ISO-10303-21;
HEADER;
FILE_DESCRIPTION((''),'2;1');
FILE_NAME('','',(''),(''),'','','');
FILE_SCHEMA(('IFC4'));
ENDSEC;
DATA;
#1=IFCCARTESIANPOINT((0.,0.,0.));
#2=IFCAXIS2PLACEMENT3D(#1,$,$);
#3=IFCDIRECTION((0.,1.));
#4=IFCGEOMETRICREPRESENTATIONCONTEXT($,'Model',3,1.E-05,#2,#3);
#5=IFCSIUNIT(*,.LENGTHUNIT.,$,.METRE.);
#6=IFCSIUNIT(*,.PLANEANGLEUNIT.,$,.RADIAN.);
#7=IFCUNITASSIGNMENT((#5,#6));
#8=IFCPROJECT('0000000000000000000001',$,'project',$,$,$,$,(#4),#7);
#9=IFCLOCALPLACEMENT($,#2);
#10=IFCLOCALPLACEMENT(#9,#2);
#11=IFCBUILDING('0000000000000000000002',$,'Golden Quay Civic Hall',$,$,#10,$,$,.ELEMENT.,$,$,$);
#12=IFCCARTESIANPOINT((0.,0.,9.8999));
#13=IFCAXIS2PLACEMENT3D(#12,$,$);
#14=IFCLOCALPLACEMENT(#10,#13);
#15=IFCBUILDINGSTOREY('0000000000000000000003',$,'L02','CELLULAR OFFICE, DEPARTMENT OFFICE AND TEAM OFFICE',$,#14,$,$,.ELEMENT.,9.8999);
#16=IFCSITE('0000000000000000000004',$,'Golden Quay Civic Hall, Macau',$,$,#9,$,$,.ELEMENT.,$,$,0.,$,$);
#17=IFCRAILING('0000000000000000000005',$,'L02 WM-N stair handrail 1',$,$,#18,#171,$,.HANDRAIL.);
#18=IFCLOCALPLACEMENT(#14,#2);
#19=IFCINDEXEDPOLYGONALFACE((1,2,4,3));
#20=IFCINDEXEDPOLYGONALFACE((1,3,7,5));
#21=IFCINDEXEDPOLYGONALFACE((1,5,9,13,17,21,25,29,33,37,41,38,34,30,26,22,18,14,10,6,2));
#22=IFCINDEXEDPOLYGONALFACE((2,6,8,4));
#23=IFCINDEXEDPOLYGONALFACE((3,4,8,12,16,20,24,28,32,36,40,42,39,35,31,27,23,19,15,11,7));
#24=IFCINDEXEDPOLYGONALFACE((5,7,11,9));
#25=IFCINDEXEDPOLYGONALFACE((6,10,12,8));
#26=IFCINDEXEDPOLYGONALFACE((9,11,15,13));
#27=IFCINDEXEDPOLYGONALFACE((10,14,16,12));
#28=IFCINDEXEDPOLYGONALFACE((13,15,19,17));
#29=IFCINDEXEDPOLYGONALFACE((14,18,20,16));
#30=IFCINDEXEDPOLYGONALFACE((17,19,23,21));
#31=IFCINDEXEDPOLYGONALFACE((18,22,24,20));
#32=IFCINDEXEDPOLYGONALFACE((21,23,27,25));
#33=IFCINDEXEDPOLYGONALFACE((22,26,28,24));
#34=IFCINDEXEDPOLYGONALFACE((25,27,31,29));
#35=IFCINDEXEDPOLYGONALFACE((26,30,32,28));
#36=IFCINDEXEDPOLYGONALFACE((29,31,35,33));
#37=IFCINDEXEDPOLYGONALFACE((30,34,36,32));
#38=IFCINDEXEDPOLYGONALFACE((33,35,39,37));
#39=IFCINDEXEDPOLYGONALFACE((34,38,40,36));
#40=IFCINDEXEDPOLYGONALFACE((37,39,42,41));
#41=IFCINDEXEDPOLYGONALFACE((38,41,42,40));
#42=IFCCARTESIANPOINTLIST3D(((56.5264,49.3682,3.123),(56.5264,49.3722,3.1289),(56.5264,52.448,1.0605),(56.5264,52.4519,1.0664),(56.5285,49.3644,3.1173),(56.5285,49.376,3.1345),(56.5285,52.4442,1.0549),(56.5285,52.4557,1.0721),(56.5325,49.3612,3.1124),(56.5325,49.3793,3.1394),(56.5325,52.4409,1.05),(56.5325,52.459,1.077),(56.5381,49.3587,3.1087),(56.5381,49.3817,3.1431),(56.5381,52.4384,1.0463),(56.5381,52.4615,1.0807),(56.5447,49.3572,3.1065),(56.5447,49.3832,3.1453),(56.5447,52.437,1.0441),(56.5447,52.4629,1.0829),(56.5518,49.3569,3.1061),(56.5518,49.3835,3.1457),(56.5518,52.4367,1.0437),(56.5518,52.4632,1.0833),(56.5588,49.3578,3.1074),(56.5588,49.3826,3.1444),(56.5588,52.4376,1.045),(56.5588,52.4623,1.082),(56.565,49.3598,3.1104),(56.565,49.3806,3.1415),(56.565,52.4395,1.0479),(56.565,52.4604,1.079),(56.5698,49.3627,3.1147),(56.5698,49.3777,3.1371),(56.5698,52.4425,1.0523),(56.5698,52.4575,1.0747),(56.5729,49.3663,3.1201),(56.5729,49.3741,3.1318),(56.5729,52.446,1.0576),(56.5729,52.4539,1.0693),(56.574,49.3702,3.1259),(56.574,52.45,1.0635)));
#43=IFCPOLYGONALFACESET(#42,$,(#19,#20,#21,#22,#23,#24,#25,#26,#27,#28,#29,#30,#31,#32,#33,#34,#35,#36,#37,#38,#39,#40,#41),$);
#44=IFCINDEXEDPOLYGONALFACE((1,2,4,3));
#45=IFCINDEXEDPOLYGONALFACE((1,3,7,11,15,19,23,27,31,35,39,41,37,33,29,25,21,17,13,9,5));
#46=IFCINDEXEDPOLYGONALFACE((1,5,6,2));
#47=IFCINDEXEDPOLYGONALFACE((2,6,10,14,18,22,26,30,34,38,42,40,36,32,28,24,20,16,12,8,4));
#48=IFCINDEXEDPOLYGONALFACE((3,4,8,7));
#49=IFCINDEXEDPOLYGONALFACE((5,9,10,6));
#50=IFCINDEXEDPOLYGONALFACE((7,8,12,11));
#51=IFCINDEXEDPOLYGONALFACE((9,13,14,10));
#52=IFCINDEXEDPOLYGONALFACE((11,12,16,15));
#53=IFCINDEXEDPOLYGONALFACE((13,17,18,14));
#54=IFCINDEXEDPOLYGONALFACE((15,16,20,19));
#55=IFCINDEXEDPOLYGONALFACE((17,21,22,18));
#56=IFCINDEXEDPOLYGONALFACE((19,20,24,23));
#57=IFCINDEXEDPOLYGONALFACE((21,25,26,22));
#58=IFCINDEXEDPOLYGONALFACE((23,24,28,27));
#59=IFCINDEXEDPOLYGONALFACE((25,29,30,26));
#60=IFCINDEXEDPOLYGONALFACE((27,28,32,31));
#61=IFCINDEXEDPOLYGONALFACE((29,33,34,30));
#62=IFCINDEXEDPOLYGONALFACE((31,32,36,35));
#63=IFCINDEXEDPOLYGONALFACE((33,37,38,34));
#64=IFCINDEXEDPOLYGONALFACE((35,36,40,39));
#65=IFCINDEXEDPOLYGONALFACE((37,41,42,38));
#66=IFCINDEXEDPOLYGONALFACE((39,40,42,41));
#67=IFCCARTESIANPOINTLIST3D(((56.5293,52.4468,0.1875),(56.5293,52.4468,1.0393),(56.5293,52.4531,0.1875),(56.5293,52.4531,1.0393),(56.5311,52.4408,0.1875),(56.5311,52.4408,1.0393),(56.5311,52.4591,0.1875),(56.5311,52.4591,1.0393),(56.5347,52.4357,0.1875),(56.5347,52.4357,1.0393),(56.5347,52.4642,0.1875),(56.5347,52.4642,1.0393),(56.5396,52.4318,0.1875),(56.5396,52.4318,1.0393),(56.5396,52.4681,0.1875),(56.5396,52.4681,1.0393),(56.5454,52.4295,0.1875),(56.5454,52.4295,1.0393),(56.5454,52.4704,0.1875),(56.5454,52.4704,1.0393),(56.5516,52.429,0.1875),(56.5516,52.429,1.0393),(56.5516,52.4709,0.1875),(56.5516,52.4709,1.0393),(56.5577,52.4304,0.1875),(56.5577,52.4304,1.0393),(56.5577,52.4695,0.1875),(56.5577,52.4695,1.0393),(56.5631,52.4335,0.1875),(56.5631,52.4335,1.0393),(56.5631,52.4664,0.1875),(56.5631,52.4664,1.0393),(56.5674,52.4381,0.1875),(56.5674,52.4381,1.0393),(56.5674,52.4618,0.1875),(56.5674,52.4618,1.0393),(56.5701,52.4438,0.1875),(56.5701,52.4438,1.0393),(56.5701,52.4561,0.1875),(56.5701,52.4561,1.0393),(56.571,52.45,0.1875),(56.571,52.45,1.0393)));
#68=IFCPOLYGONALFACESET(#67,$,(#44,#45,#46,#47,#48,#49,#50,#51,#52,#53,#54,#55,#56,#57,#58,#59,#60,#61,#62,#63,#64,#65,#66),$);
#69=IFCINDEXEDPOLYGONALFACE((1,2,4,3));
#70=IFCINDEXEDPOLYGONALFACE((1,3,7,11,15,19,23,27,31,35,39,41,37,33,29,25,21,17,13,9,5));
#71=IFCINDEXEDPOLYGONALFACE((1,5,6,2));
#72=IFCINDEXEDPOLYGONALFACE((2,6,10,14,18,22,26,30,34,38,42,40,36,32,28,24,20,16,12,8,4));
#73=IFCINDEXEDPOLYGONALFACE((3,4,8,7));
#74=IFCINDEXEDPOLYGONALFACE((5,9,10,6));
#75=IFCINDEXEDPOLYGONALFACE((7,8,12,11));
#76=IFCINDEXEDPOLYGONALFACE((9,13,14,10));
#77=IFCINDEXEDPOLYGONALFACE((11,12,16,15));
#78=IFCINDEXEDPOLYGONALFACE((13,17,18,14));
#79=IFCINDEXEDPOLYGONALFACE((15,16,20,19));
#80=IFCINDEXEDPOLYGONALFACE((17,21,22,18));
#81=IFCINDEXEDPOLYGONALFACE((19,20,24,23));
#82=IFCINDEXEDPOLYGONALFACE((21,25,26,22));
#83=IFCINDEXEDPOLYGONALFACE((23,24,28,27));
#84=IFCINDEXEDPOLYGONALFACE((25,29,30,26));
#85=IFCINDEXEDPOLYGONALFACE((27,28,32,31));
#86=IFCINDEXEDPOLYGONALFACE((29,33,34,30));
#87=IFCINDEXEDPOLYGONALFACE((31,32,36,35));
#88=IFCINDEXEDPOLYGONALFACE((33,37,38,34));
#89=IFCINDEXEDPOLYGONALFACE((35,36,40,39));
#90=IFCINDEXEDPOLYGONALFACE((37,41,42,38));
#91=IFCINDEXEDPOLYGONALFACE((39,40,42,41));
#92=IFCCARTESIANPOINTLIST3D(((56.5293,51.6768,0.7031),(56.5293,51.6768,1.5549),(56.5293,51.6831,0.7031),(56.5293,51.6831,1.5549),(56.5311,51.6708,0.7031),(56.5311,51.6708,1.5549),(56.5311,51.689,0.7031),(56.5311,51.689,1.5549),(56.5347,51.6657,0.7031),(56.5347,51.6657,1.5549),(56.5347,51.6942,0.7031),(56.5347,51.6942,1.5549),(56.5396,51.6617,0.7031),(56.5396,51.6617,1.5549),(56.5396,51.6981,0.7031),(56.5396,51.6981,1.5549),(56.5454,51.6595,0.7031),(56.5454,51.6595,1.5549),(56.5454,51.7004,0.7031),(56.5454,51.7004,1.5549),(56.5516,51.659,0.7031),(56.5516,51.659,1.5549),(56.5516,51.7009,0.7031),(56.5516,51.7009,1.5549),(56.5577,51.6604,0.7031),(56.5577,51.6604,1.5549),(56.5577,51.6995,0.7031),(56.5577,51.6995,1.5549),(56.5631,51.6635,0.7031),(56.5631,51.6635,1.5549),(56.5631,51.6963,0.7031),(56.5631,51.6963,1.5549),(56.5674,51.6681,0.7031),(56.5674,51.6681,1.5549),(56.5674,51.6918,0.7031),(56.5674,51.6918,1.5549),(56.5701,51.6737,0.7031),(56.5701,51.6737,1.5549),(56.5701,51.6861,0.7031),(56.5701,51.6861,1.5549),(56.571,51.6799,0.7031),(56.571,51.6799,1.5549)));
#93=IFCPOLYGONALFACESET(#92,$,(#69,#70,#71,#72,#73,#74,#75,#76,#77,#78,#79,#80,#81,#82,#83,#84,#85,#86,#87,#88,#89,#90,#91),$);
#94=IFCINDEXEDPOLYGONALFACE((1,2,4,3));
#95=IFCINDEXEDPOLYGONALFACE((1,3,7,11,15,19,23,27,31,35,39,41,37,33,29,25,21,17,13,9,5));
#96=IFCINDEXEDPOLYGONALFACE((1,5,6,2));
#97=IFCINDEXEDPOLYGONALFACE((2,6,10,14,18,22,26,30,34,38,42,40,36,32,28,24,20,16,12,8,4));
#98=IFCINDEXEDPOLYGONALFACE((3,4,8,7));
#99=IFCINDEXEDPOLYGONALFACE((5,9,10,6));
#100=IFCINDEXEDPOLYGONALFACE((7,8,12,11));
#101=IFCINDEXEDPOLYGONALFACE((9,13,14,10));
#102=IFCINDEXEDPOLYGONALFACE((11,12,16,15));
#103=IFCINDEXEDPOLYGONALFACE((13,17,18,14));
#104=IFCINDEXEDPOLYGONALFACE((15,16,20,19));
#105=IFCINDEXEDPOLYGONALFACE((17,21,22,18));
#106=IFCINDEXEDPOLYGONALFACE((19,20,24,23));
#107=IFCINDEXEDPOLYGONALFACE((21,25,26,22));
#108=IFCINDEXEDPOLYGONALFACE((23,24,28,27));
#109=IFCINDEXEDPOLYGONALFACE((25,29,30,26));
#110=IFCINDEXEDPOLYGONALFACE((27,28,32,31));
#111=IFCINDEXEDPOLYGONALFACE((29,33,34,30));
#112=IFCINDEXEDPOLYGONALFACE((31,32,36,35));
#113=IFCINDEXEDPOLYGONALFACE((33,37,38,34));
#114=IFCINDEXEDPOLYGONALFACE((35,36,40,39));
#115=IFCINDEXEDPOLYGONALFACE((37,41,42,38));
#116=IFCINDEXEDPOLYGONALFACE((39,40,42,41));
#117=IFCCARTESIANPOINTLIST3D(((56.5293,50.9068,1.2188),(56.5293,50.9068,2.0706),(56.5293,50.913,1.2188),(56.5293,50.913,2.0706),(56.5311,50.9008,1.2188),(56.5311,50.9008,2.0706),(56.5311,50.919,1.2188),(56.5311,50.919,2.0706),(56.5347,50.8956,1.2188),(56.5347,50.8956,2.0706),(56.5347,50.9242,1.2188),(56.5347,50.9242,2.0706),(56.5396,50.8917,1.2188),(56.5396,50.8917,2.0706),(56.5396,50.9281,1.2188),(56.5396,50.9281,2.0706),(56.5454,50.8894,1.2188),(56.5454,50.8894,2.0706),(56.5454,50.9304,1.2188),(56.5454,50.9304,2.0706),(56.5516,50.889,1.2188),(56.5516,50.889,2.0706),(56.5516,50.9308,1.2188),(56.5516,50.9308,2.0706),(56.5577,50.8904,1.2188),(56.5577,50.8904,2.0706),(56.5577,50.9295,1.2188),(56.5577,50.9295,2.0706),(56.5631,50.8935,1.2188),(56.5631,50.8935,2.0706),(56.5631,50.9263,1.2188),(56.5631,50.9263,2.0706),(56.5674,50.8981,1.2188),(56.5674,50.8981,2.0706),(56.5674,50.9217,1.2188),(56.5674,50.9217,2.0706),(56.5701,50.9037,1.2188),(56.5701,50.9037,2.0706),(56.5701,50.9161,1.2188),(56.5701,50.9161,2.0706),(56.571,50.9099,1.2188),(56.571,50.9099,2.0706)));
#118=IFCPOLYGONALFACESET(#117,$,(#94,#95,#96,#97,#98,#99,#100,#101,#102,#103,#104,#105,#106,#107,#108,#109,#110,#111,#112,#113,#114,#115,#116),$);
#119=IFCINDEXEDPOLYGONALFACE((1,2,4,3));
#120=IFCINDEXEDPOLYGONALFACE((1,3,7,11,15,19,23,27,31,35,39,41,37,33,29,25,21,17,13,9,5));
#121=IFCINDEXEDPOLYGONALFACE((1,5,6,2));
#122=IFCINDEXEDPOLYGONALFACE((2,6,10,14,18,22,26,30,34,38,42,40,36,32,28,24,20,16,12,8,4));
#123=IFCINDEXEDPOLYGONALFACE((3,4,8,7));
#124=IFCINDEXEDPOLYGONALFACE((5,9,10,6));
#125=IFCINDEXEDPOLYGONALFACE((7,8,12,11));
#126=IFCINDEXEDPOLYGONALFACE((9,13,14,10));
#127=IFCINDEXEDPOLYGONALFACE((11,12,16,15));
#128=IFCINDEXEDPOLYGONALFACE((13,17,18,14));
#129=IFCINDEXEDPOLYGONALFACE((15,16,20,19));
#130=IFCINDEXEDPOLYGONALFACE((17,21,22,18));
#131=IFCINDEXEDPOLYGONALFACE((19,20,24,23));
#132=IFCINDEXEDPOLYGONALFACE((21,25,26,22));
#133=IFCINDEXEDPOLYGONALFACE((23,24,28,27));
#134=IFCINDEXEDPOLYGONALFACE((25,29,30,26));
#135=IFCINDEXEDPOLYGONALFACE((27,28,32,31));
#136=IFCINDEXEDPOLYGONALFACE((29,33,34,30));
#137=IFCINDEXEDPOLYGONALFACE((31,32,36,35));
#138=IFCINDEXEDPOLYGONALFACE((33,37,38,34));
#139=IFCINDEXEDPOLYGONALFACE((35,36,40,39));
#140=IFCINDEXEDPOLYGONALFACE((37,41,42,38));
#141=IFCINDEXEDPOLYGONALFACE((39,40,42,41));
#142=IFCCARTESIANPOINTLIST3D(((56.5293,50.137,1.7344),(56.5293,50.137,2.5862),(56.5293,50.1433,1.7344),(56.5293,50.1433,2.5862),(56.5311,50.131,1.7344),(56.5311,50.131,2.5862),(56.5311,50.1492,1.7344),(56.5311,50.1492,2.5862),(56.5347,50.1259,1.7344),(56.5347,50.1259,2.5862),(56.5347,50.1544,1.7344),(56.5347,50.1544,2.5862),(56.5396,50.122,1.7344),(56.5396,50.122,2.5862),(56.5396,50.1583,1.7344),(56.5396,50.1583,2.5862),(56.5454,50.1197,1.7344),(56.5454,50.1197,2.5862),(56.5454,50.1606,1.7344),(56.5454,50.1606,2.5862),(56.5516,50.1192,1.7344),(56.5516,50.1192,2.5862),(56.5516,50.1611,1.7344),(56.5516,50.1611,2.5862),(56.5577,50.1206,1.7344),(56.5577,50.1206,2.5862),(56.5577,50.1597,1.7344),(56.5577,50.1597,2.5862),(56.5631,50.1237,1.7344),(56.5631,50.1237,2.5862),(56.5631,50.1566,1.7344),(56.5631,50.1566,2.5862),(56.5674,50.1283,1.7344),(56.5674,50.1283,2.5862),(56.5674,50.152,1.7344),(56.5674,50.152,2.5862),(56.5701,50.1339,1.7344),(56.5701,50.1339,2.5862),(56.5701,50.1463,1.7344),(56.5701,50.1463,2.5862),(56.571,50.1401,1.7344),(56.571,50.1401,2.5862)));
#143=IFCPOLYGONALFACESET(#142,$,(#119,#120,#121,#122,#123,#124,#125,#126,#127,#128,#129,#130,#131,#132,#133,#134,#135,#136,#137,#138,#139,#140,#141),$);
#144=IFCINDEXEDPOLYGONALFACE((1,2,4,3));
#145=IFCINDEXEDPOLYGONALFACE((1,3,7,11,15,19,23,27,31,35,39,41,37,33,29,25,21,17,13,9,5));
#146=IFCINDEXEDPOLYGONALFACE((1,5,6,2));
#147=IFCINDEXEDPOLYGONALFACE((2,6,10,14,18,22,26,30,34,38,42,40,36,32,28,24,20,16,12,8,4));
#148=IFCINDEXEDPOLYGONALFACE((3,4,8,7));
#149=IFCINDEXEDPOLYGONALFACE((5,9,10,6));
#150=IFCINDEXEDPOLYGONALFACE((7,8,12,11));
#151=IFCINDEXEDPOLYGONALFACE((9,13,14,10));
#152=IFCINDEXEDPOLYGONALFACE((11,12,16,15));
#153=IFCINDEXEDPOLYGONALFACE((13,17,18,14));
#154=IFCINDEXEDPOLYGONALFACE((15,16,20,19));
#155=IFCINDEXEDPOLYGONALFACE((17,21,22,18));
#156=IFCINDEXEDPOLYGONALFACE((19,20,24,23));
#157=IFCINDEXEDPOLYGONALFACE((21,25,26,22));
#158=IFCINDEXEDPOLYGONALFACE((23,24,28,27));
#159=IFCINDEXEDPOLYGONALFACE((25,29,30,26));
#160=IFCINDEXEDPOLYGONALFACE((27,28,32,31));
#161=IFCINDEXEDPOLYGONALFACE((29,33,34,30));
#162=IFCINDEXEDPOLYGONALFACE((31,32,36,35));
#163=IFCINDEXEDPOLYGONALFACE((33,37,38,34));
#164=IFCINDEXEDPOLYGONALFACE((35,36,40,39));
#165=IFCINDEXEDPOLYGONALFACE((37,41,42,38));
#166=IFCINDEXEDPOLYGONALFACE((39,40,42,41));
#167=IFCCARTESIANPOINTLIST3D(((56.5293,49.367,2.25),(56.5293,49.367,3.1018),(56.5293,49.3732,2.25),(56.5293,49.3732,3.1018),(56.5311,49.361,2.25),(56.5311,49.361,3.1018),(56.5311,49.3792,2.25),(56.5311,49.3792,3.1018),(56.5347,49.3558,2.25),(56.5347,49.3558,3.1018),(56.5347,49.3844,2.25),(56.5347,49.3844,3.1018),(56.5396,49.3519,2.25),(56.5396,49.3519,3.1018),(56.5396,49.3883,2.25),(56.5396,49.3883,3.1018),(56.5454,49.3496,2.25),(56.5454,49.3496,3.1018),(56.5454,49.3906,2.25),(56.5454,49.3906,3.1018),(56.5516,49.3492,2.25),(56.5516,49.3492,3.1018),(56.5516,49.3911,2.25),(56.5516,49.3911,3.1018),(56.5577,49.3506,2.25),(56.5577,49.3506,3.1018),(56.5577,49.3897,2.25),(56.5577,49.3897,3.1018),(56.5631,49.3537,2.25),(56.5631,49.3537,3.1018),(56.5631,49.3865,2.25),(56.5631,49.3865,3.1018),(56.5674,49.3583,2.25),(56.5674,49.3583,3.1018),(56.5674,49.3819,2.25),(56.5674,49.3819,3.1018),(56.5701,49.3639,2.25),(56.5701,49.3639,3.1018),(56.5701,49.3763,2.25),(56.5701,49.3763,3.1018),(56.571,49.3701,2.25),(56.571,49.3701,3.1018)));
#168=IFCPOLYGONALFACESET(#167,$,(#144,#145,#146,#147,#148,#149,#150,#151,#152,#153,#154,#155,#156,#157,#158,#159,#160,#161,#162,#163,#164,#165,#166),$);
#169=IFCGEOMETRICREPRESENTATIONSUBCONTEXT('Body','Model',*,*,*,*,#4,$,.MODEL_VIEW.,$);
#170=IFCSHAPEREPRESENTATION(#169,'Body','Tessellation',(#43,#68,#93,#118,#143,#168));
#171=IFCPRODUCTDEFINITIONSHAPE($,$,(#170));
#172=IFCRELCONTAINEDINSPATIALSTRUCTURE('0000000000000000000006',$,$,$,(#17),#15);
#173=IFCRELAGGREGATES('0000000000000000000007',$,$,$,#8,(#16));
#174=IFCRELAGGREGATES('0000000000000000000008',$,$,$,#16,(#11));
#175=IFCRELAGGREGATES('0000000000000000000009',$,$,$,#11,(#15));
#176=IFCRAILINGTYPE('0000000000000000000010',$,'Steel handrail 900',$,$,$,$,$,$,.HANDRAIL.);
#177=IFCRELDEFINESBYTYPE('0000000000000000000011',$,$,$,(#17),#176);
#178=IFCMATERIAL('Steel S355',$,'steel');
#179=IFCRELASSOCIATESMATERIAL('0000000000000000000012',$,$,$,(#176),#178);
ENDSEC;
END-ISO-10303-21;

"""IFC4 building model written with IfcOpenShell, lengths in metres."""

from ifc_helpers import new_model, si_unit, direction, frame, origin, origin_2d, place, context, subcontext, project, spatial, circle, extrude, material, type_object, element, save


model = new_model("IFC4")

# Units and contexts
model_context = context("Model", 3, precision=1e-05, world=origin(), true_north=direction((0.0, 1.0)))
body_context = subcontext(model_context, "Body", "Model", "MODEL_VIEW")
ifc_project = project(units=[si_unit("LENGTHUNIT", "METRE"), si_unit("PLANEANGLEUNIT", "RADIAN")], contexts=[model_context])

# Site, building, storey
site_placement = place(None, origin())
site = spatial("IfcSite", under=ifc_project, at=site_placement, Name="Golden Quay Civic Hall, Macau", CompositionType="ELEMENT", RefElevation=0.0)
building_placement = place(site_placement, origin())
building = spatial("IfcBuilding", under=site, at=building_placement, Name="Golden Quay Civic Hall", CompositionType="ELEMENT")
storey_placement = place(building_placement, frame((0.0, 0.0, 9.8999)))
storey = spatial("IfcBuildingStorey", under=building, at=storey_placement, Name="L02", Description="CELLULAR OFFICE, DEPARTMENT OFFICE AND TEAM OFFICE", CompositionType="ELEMENT", Elevation=9.8999)

# Railing
ifc_material_1 = material(Name="Steel S355", Category="steel")
railing_type_1 = type_object("IfcRailingType", Name="Steel handrail 900", PredefinedType="HANDRAIL", material=ifc_material_1)
railing_1_placement = place(storey_placement, frame((56.55, 52.45, 0.1875)))
element("IfcRailing", 1, at=railing_1_placement, inside=storey, type_object=railing_type_1, Name="L02 WM-N stair handrail 1", PredefinedType="HANDRAIL", context=body_context, shape_type="SweptSolid", body=[
    extrude(circle(Radius=0.0239, at=origin_2d()), frame((0.0, 0.0, 0.876), z_axis=(0.0, -0.830893, 0.556432), x_axis=(1.0, 0.0, 0.0)), (0.0, 0.0, 1.0), 3.7065),
    extrude(circle(Radius=0.021, at=origin_2d()), origin(), (0.0, 0.0, 1.0), 0.8518),
    extrude(circle(Radius=0.021, at=origin_2d()), frame((0.0, -0.77, 0.5156)), (0.0, 0.0, 1.0), 0.8518),
    extrude(circle(Radius=0.021, at=origin_2d()), frame((0.0, -1.54, 1.0312)), (0.0, 0.0, 1.0), 0.8518),
    extrude(circle(Radius=0.021, at=origin_2d()), frame((0.0, -2.3098, 1.5469)), (0.0, 0.0, 1.0), 0.8518),
    extrude(circle(Radius=0.021, at=origin_2d()), frame((0.0, -3.0798, 2.0625)), (0.0, 0.0, 1.0), 0.8518),
])

save(model, "model.ifc")
